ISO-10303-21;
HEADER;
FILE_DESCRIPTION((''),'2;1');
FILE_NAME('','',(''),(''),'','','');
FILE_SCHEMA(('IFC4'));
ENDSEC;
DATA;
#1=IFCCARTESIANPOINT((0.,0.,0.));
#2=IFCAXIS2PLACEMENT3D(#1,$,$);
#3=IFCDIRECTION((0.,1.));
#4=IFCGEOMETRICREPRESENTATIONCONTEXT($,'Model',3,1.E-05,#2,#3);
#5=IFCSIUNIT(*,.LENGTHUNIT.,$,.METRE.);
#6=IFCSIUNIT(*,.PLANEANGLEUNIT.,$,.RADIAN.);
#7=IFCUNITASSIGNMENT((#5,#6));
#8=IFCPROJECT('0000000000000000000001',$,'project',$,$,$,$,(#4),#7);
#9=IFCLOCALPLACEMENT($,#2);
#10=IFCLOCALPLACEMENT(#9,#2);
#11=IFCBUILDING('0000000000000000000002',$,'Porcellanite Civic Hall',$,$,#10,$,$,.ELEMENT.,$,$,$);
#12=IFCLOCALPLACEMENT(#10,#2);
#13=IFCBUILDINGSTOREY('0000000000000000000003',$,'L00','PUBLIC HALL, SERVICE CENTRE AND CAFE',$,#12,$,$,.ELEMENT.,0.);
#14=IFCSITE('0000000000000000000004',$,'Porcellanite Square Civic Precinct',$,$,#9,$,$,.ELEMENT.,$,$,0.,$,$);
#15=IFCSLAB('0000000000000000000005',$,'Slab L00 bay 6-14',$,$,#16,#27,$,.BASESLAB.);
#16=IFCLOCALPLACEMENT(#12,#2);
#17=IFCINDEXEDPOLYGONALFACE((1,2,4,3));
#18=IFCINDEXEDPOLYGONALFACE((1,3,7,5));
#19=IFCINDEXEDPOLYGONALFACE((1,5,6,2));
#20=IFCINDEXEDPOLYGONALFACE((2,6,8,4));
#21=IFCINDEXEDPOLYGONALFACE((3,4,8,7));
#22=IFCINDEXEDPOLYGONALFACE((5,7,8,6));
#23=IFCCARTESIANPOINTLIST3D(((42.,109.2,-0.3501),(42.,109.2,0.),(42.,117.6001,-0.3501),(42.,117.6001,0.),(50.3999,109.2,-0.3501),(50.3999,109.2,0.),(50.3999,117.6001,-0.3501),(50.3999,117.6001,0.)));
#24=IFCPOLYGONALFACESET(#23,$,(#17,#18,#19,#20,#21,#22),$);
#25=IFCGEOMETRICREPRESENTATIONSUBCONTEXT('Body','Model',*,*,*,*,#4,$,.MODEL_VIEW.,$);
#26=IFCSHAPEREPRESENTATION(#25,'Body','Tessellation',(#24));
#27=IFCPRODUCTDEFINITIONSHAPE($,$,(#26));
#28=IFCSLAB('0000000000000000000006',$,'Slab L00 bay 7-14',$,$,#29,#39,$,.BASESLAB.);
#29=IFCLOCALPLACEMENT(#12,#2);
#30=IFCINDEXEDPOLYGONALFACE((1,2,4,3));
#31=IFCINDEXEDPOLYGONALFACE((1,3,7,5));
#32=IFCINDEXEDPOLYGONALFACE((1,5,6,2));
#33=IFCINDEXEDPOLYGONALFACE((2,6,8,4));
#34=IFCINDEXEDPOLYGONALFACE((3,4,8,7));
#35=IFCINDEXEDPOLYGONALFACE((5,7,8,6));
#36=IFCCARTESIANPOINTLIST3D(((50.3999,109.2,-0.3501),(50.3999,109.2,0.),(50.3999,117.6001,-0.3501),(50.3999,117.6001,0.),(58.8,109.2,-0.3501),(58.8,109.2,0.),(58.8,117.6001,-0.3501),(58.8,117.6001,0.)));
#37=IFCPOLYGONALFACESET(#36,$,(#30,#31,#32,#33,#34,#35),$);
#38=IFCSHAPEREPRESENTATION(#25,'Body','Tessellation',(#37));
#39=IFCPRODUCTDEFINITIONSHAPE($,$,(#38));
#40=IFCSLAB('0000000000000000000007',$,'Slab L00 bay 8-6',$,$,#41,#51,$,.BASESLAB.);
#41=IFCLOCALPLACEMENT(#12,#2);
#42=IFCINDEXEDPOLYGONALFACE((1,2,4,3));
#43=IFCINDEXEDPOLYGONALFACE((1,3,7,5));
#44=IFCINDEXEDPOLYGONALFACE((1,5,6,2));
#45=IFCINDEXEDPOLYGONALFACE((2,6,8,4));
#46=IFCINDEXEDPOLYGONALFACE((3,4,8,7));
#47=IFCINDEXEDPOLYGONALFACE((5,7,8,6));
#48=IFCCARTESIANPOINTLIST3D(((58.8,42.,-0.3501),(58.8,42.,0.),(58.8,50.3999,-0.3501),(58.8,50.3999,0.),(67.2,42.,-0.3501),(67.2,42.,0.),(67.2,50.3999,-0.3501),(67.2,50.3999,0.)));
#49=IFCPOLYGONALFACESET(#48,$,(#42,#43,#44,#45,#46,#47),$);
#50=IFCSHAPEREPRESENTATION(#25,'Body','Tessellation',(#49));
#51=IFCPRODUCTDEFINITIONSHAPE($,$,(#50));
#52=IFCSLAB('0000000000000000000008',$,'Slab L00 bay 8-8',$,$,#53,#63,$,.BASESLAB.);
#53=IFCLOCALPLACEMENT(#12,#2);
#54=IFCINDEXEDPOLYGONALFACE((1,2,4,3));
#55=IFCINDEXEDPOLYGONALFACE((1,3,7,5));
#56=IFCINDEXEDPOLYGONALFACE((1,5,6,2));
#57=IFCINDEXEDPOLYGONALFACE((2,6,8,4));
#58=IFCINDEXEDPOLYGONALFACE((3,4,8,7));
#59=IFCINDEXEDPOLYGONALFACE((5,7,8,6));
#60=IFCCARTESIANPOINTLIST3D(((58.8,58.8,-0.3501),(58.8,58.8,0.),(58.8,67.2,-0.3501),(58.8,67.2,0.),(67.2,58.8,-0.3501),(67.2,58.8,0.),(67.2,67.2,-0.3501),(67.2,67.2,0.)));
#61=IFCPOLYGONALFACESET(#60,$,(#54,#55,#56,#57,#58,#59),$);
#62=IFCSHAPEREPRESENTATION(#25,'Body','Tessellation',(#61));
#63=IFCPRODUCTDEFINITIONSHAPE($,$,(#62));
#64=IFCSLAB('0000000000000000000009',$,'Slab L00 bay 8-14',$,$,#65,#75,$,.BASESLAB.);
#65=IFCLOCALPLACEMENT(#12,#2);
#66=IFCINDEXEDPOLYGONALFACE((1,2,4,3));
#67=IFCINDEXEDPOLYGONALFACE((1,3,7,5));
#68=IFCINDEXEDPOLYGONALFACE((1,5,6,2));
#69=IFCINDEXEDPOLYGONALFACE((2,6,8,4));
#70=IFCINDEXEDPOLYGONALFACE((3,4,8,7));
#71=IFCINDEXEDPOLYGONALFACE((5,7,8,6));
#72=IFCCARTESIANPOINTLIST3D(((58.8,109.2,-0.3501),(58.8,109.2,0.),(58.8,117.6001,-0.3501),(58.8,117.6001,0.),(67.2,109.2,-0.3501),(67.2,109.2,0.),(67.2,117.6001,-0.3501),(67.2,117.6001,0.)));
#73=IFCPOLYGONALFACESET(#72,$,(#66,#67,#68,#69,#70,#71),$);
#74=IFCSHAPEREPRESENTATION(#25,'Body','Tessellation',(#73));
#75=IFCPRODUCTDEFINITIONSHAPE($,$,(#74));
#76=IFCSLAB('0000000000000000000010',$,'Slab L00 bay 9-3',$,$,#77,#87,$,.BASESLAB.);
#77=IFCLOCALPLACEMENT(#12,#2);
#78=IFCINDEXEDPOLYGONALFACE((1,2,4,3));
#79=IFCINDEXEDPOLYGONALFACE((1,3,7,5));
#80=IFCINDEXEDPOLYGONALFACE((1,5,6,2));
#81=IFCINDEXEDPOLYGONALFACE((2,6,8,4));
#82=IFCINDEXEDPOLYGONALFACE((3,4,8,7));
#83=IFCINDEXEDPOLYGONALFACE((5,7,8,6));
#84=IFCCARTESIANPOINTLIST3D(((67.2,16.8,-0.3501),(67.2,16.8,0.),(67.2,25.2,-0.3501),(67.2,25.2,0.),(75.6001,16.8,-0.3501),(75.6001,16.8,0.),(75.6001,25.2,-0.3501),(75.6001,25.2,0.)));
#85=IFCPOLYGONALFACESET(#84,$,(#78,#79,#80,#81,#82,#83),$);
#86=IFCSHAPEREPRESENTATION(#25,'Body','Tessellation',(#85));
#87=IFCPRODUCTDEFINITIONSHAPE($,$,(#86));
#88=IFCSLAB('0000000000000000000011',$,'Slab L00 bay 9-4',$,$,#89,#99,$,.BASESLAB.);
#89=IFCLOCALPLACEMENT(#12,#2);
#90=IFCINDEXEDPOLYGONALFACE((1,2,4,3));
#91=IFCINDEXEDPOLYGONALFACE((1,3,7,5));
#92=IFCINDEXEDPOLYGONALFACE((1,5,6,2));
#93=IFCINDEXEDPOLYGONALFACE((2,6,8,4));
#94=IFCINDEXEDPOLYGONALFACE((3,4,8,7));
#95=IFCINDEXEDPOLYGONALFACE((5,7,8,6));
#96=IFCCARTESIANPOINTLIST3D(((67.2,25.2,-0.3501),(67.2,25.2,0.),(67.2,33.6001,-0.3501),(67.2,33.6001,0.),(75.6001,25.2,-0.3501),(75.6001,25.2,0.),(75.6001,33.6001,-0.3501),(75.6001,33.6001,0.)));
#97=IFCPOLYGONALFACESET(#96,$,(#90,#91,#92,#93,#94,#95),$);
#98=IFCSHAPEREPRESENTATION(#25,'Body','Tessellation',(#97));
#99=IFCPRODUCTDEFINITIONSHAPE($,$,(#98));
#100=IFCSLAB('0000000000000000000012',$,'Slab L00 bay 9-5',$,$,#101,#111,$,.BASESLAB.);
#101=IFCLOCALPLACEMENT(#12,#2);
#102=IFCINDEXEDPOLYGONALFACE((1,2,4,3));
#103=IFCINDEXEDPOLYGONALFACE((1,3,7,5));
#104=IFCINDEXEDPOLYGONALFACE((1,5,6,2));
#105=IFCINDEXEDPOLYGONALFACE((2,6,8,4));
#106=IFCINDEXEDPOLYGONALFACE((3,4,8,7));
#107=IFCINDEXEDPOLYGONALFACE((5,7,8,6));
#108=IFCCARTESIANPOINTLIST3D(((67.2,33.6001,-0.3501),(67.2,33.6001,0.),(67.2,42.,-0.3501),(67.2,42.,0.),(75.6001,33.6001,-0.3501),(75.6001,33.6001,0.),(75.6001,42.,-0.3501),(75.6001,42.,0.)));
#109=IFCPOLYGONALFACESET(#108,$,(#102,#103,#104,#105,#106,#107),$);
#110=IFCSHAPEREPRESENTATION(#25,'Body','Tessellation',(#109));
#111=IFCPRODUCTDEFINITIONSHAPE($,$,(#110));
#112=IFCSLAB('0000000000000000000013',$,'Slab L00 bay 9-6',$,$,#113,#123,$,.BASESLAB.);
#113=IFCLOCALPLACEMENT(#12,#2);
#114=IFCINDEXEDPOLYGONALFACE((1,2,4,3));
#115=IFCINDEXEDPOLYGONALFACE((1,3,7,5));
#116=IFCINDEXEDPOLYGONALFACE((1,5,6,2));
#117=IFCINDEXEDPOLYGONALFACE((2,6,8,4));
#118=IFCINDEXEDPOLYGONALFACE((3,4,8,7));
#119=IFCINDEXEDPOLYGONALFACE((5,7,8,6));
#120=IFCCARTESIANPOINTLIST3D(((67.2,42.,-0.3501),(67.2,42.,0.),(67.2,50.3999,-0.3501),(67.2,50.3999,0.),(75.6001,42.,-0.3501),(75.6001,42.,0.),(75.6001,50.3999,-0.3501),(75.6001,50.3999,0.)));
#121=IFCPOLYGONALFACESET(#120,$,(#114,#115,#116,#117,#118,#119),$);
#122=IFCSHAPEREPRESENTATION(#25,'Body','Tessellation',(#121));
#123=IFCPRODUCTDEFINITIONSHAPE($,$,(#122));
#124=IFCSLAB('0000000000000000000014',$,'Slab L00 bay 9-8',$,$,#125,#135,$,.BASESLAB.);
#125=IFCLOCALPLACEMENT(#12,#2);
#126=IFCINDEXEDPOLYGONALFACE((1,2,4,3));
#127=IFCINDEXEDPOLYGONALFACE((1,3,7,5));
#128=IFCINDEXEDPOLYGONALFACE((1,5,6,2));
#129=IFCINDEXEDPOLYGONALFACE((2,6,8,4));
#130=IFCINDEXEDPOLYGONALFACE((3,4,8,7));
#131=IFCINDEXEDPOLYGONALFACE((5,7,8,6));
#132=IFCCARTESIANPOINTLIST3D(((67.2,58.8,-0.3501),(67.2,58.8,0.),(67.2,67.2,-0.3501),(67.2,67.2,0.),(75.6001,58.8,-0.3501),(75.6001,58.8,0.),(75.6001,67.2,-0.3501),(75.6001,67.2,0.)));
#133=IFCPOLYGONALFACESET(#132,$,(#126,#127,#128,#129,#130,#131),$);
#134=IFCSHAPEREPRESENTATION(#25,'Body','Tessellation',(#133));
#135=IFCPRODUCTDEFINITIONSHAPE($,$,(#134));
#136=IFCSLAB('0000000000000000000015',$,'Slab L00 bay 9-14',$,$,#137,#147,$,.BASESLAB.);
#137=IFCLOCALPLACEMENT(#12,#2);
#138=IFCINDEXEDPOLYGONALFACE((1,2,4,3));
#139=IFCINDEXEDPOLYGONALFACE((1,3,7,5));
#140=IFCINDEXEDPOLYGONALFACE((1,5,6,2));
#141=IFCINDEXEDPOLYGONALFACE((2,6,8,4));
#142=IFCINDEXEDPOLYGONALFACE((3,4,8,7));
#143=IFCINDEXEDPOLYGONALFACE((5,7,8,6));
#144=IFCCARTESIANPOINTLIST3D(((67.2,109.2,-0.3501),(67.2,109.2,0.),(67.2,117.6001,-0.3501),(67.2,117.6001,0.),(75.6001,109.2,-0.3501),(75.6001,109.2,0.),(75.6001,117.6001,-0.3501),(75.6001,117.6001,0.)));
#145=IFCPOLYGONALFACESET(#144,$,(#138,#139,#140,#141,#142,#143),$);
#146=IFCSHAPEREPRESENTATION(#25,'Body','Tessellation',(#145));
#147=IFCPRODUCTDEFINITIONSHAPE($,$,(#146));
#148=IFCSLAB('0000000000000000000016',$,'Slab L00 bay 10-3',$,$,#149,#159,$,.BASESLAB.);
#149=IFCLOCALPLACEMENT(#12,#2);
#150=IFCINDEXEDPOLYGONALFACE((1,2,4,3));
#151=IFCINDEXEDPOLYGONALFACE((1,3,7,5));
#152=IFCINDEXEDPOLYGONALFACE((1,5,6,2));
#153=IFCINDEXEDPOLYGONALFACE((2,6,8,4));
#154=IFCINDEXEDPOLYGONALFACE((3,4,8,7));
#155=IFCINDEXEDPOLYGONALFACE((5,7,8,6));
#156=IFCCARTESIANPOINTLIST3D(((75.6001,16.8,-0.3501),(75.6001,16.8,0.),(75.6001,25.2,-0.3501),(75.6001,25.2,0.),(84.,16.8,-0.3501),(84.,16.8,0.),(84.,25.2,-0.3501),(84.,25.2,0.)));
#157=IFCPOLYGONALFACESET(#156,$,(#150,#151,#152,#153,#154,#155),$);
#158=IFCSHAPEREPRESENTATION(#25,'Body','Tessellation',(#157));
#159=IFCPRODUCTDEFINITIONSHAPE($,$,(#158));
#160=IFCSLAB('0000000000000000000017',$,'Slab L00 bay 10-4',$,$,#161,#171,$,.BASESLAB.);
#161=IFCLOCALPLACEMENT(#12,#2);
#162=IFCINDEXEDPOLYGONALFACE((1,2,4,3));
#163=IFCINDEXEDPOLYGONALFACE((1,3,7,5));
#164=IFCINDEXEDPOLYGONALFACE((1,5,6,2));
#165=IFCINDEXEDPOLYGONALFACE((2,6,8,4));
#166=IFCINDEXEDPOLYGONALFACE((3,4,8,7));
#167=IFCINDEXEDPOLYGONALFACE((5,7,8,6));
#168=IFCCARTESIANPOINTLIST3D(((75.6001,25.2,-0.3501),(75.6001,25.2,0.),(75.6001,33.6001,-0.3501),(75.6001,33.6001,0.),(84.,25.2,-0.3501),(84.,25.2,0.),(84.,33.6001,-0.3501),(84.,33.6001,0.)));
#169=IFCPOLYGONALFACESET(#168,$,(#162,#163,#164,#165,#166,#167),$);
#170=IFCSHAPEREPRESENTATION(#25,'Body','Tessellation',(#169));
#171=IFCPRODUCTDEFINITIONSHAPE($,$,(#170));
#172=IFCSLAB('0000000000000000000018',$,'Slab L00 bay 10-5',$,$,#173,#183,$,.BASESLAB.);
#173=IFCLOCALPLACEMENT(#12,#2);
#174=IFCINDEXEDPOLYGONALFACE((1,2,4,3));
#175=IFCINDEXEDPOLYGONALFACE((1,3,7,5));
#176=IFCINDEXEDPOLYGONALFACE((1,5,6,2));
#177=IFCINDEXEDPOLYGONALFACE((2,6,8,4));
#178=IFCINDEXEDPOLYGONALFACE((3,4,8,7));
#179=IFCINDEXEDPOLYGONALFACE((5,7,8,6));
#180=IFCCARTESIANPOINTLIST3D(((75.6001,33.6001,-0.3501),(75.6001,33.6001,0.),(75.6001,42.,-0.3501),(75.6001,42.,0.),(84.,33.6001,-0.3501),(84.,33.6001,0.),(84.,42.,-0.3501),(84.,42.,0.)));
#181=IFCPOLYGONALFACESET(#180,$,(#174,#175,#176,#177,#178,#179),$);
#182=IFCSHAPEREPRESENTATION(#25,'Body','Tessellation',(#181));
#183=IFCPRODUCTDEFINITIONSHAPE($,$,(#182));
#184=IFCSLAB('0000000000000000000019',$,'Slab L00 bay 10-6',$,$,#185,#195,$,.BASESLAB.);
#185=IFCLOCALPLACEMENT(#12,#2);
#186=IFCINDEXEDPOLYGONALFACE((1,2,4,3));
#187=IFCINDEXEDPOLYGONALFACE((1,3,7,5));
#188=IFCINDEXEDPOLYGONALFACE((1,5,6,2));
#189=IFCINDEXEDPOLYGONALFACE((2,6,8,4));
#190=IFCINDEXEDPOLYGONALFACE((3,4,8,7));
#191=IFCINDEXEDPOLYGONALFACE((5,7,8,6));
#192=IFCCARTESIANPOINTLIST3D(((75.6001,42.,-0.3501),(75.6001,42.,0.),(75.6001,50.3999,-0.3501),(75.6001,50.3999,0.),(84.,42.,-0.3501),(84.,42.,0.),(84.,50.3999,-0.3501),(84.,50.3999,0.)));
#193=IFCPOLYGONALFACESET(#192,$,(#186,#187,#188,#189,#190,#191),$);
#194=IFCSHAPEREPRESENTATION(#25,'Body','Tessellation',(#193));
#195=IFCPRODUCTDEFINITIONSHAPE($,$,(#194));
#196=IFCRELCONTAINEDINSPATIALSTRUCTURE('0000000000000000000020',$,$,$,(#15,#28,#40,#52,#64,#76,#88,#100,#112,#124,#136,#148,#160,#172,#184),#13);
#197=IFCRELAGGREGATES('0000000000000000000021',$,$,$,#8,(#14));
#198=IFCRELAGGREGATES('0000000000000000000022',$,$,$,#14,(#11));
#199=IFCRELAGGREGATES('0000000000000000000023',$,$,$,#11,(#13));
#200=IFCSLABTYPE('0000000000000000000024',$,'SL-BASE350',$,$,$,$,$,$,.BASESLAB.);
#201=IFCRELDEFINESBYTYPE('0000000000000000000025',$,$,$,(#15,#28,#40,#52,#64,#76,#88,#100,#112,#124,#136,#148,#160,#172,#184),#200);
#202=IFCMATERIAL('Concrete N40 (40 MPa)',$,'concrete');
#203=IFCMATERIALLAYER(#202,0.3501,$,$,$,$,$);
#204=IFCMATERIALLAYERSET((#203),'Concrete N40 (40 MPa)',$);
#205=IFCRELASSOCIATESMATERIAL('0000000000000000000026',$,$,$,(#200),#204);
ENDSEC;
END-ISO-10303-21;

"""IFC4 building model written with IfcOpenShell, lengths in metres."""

from ifc_helpers import new_model, si_unit, direction, frame, origin, place, context, subcontext, project, spatial, polyline, outline, extrude, material, layer, layer_set, type_object, element, save


model = new_model("IFC4")

# Units and contexts
model_context = context("Model", 3, precision=1e-05, world=origin(), true_north=direction((0.0, 1.0)))
body_context = subcontext(model_context, "Body", "Model", "MODEL_VIEW")
ifc_project = project(units=[si_unit("LENGTHUNIT", "METRE"), si_unit("PLANEANGLEUNIT", "RADIAN")], contexts=[model_context])

# Site, building, storey
site_placement = place(None, origin())
site = spatial("IfcSite", under=ifc_project, at=site_placement, Name="Porcellanite Square Civic Precinct", CompositionType="ELEMENT", RefElevation=0.0)
building_placement = place(site_placement, origin())
building = spatial("IfcBuilding", under=site, at=building_placement, Name="Porcellanite Civic Hall", CompositionType="ELEMENT")
storey_placement = place(building_placement, origin())
storey = spatial("IfcBuildingStorey", under=building, at=storey_placement, Name="L00", Description="PUBLIC HALL, SERVICE CENTRE AND CAFE", CompositionType="ELEMENT", Elevation=0.0)

# Slabs
ifc_material = material(Name="Concrete N40 (40 MPa)", Category="concrete")
ifc_layer = layer(ifc_material, 0.3501)
ifc_layer_set = layer_set([ifc_layer], Name="Concrete N40 (40 MPa)")
slab_type = type_object("IfcSlabType", Name="SL-BASE350", PredefinedType="BASESLAB", material=ifc_layer_set)
slab_1_placement = place(storey_placement, frame((0.0, 0.0, -0.3501)))
element("IfcSlab", 1, at=slab_1_placement, inside=storey, type_object=slab_type, Name="Slab L00 bay 6-14", PredefinedType="BASESLAB", context=body_context, shape_type="SweptSolid", body=[
    extrude(outline(polyline([(42.0, 109.2), (50.3999, 109.2), (50.3999, 117.6001), (42.0, 117.6001), (42.0, 109.2)])), origin(), (0.0, 0.0, 1.0), 0.3501),
])
slab_2_placement = place(storey_placement, frame((0.0, 0.0, -0.3501)))
element("IfcSlab", 2, at=slab_2_placement, inside=storey, type_object=slab_type, Name="Slab L00 bay 7-14", PredefinedType="BASESLAB", context=body_context, shape_type="SweptSolid", body=[
    extrude(outline(polyline([(50.3999, 109.2), (58.8, 109.2), (58.8, 117.6001), (50.3999, 117.6001), (50.3999, 109.2)])), origin(), (0.0, 0.0, 1.0), 0.3501),
])
slab_3_placement = place(storey_placement, frame((0.0, 0.0, -0.3501)))
element("IfcSlab", 3, at=slab_3_placement, inside=storey, type_object=slab_type, Name="Slab L00 bay 8-6", PredefinedType="BASESLAB", context=body_context, shape_type="SweptSolid", body=[
    extrude(outline(polyline([(58.8, 42.0), (67.2, 42.0), (67.2, 50.3999), (58.8, 50.3999), (58.8, 42.0)])), origin(), (0.0, 0.0, 1.0), 0.3501),
])
slab_4_placement = place(storey_placement, frame((0.0, 0.0, -0.3501)))
element("IfcSlab", 4, at=slab_4_placement, inside=storey, type_object=slab_type, Name="Slab L00 bay 8-8", PredefinedType="BASESLAB", context=body_context, shape_type="SweptSolid", body=[
    extrude(outline(polyline([(58.8, 58.8), (67.2, 58.8), (67.2, 67.2), (58.8, 67.2), (58.8, 58.8)])), origin(), (0.0, 0.0, 1.0), 0.3501),
])
slab_5_placement = place(storey_placement, frame((0.0, 0.0, -0.3501)))
element("IfcSlab", 5, at=slab_5_placement, inside=storey, type_object=slab_type, Name="Slab L00 bay 8-14", PredefinedType="BASESLAB", context=body_context, shape_type="SweptSolid", body=[
    extrude(outline(polyline([(58.8, 109.2), (67.2, 109.2), (67.2, 117.6001), (58.8, 117.6001), (58.8, 109.2)])), origin(), (0.0, 0.0, 1.0), 0.3501),
])
slab_6_placement = place(storey_placement, frame((0.0, 0.0, -0.3501)))
element("IfcSlab", 6, at=slab_6_placement, inside=storey, type_object=slab_type, Name="Slab L00 bay 9-3", PredefinedType="BASESLAB", context=body_context, shape_type="SweptSolid", body=[
    extrude(outline(polyline([(67.2, 16.8), (75.6001, 16.8), (75.6001, 25.2), (67.2, 25.2), (67.2, 16.8)])), origin(), (0.0, 0.0, 1.0), 0.3501),
])
slab_7_placement = place(storey_placement, frame((0.0, 0.0, -0.3501)))
element("IfcSlab", 7, at=slab_7_placement, inside=storey, type_object=slab_type, Name="Slab L00 bay 9-4", PredefinedType="BASESLAB", context=body_context, shape_type="SweptSolid", body=[
    extrude(outline(polyline([(67.2, 25.2), (75.6001, 25.2), (75.6001, 33.6001), (67.2, 33.6001), (67.2, 25.2)])), origin(), (0.0, 0.0, 1.0), 0.3501),
])
slab_8_placement = place(storey_placement, frame((0.0, 0.0, -0.3501)))
element("IfcSlab", 8, at=slab_8_placement, inside=storey, type_object=slab_type, Name="Slab L00 bay 9-5", PredefinedType="BASESLAB", context=body_context, shape_type="SweptSolid", body=[
    extrude(outline(polyline([(67.2, 33.6001), (75.6001, 33.6001), (75.6001, 42.0), (67.2, 42.0), (67.2, 33.6001)])), origin(), (0.0, 0.0, 1.0), 0.3501),
])
slab_9_placement = place(storey_placement, frame((0.0, 0.0, -0.3501)))
element("IfcSlab", 9, at=slab_9_placement, inside=storey, type_object=slab_type, Name="Slab L00 bay 9-6", PredefinedType="BASESLAB", context=body_context, shape_type="SweptSolid", body=[
    extrude(outline(polyline([(67.2, 42.0), (75.6001, 42.0), (75.6001, 50.3999), (67.2, 50.3999), (67.2, 42.0)])), origin(), (0.0, 0.0, 1.0), 0.3501),
])
slab_10_placement = place(storey_placement, frame((0.0, 0.0, -0.3501)))
element("IfcSlab", 10, at=slab_10_placement, inside=storey, type_object=slab_type, Name="Slab L00 bay 9-8", PredefinedType="BASESLAB", context=body_context, shape_type="SweptSolid", body=[
    extrude(outline(polyline([(67.2, 58.8), (75.6001, 58.8), (75.6001, 67.2), (67.2, 67.2), (67.2, 58.8)])), origin(), (0.0, 0.0, 1.0), 0.3501),
])
slab_11_placement = place(storey_placement, frame((0.0, 0.0, -0.3501)))
element("IfcSlab", 11, at=slab_11_placement, inside=storey, type_object=slab_type, Name="Slab L00 bay 9-14", PredefinedType="BASESLAB", context=body_context, shape_type="SweptSolid", body=[
    extrude(outline(polyline([(67.2, 109.2), (75.6001, 109.2), (75.6001, 117.6001), (67.2, 117.6001), (67.2, 109.2)])), origin(), (0.0, 0.0, 1.0), 0.3501),
])
slab_12_placement = place(storey_placement, frame((0.0, 0.0, -0.3501)))
element("IfcSlab", 12, at=slab_12_placement, inside=storey, type_object=slab_type, Name="Slab L00 bay 10-3", PredefinedType="BASESLAB", context=body_context, shape_type="SweptSolid", body=[
    extrude(outline(polyline([(75.6001, 16.8), (84.0, 16.8), (84.0, 25.2), (75.6001, 25.2), (75.6001, 16.8)])), origin(), (0.0, 0.0, 1.0), 0.3501),
])
slab_13_placement = place(storey_placement, frame((0.0, 0.0, -0.3501)))
element("IfcSlab", 13, at=slab_13_placement, inside=storey, type_object=slab_type, Name="Slab L00 bay 10-4", PredefinedType="BASESLAB", context=body_context, shape_type="SweptSolid", body=[
    extrude(outline(polyline([(75.6001, 25.2), (84.0, 25.2), (84.0, 33.6001), (75.6001, 33.6001), (75.6001, 25.2)])), origin(), (0.0, 0.0, 1.0), 0.3501),
])
slab_14_placement = place(storey_placement, frame((0.0, 0.0, -0.3501)))
element("IfcSlab", 14, at=slab_14_placement, inside=storey, type_object=slab_type, Name="Slab L00 bay 10-5", PredefinedType="BASESLAB", context=body_context, shape_type="SweptSolid", body=[
    extrude(outline(polyline([(75.6001, 33.6001), (84.0, 33.6001), (84.0, 42.0), (75.6001, 42.0), (75.6001, 33.6001)])), origin(), (0.0, 0.0, 1.0), 0.3501),
])
slab_15_placement = place(storey_placement, frame((0.0, 0.0, -0.3501)))
element("IfcSlab", 15, at=slab_15_placement, inside=storey, type_object=slab_type, Name="Slab L00 bay 10-6", PredefinedType="BASESLAB", context=body_context, shape_type="SweptSolid", body=[
    extrude(outline(polyline([(75.6001, 42.0), (84.0, 42.0), (84.0, 50.3999), (75.6001, 50.3999), (75.6001, 42.0)])), origin(), (0.0, 0.0, 1.0), 0.3501),
])

save(model, "model.ifc")
